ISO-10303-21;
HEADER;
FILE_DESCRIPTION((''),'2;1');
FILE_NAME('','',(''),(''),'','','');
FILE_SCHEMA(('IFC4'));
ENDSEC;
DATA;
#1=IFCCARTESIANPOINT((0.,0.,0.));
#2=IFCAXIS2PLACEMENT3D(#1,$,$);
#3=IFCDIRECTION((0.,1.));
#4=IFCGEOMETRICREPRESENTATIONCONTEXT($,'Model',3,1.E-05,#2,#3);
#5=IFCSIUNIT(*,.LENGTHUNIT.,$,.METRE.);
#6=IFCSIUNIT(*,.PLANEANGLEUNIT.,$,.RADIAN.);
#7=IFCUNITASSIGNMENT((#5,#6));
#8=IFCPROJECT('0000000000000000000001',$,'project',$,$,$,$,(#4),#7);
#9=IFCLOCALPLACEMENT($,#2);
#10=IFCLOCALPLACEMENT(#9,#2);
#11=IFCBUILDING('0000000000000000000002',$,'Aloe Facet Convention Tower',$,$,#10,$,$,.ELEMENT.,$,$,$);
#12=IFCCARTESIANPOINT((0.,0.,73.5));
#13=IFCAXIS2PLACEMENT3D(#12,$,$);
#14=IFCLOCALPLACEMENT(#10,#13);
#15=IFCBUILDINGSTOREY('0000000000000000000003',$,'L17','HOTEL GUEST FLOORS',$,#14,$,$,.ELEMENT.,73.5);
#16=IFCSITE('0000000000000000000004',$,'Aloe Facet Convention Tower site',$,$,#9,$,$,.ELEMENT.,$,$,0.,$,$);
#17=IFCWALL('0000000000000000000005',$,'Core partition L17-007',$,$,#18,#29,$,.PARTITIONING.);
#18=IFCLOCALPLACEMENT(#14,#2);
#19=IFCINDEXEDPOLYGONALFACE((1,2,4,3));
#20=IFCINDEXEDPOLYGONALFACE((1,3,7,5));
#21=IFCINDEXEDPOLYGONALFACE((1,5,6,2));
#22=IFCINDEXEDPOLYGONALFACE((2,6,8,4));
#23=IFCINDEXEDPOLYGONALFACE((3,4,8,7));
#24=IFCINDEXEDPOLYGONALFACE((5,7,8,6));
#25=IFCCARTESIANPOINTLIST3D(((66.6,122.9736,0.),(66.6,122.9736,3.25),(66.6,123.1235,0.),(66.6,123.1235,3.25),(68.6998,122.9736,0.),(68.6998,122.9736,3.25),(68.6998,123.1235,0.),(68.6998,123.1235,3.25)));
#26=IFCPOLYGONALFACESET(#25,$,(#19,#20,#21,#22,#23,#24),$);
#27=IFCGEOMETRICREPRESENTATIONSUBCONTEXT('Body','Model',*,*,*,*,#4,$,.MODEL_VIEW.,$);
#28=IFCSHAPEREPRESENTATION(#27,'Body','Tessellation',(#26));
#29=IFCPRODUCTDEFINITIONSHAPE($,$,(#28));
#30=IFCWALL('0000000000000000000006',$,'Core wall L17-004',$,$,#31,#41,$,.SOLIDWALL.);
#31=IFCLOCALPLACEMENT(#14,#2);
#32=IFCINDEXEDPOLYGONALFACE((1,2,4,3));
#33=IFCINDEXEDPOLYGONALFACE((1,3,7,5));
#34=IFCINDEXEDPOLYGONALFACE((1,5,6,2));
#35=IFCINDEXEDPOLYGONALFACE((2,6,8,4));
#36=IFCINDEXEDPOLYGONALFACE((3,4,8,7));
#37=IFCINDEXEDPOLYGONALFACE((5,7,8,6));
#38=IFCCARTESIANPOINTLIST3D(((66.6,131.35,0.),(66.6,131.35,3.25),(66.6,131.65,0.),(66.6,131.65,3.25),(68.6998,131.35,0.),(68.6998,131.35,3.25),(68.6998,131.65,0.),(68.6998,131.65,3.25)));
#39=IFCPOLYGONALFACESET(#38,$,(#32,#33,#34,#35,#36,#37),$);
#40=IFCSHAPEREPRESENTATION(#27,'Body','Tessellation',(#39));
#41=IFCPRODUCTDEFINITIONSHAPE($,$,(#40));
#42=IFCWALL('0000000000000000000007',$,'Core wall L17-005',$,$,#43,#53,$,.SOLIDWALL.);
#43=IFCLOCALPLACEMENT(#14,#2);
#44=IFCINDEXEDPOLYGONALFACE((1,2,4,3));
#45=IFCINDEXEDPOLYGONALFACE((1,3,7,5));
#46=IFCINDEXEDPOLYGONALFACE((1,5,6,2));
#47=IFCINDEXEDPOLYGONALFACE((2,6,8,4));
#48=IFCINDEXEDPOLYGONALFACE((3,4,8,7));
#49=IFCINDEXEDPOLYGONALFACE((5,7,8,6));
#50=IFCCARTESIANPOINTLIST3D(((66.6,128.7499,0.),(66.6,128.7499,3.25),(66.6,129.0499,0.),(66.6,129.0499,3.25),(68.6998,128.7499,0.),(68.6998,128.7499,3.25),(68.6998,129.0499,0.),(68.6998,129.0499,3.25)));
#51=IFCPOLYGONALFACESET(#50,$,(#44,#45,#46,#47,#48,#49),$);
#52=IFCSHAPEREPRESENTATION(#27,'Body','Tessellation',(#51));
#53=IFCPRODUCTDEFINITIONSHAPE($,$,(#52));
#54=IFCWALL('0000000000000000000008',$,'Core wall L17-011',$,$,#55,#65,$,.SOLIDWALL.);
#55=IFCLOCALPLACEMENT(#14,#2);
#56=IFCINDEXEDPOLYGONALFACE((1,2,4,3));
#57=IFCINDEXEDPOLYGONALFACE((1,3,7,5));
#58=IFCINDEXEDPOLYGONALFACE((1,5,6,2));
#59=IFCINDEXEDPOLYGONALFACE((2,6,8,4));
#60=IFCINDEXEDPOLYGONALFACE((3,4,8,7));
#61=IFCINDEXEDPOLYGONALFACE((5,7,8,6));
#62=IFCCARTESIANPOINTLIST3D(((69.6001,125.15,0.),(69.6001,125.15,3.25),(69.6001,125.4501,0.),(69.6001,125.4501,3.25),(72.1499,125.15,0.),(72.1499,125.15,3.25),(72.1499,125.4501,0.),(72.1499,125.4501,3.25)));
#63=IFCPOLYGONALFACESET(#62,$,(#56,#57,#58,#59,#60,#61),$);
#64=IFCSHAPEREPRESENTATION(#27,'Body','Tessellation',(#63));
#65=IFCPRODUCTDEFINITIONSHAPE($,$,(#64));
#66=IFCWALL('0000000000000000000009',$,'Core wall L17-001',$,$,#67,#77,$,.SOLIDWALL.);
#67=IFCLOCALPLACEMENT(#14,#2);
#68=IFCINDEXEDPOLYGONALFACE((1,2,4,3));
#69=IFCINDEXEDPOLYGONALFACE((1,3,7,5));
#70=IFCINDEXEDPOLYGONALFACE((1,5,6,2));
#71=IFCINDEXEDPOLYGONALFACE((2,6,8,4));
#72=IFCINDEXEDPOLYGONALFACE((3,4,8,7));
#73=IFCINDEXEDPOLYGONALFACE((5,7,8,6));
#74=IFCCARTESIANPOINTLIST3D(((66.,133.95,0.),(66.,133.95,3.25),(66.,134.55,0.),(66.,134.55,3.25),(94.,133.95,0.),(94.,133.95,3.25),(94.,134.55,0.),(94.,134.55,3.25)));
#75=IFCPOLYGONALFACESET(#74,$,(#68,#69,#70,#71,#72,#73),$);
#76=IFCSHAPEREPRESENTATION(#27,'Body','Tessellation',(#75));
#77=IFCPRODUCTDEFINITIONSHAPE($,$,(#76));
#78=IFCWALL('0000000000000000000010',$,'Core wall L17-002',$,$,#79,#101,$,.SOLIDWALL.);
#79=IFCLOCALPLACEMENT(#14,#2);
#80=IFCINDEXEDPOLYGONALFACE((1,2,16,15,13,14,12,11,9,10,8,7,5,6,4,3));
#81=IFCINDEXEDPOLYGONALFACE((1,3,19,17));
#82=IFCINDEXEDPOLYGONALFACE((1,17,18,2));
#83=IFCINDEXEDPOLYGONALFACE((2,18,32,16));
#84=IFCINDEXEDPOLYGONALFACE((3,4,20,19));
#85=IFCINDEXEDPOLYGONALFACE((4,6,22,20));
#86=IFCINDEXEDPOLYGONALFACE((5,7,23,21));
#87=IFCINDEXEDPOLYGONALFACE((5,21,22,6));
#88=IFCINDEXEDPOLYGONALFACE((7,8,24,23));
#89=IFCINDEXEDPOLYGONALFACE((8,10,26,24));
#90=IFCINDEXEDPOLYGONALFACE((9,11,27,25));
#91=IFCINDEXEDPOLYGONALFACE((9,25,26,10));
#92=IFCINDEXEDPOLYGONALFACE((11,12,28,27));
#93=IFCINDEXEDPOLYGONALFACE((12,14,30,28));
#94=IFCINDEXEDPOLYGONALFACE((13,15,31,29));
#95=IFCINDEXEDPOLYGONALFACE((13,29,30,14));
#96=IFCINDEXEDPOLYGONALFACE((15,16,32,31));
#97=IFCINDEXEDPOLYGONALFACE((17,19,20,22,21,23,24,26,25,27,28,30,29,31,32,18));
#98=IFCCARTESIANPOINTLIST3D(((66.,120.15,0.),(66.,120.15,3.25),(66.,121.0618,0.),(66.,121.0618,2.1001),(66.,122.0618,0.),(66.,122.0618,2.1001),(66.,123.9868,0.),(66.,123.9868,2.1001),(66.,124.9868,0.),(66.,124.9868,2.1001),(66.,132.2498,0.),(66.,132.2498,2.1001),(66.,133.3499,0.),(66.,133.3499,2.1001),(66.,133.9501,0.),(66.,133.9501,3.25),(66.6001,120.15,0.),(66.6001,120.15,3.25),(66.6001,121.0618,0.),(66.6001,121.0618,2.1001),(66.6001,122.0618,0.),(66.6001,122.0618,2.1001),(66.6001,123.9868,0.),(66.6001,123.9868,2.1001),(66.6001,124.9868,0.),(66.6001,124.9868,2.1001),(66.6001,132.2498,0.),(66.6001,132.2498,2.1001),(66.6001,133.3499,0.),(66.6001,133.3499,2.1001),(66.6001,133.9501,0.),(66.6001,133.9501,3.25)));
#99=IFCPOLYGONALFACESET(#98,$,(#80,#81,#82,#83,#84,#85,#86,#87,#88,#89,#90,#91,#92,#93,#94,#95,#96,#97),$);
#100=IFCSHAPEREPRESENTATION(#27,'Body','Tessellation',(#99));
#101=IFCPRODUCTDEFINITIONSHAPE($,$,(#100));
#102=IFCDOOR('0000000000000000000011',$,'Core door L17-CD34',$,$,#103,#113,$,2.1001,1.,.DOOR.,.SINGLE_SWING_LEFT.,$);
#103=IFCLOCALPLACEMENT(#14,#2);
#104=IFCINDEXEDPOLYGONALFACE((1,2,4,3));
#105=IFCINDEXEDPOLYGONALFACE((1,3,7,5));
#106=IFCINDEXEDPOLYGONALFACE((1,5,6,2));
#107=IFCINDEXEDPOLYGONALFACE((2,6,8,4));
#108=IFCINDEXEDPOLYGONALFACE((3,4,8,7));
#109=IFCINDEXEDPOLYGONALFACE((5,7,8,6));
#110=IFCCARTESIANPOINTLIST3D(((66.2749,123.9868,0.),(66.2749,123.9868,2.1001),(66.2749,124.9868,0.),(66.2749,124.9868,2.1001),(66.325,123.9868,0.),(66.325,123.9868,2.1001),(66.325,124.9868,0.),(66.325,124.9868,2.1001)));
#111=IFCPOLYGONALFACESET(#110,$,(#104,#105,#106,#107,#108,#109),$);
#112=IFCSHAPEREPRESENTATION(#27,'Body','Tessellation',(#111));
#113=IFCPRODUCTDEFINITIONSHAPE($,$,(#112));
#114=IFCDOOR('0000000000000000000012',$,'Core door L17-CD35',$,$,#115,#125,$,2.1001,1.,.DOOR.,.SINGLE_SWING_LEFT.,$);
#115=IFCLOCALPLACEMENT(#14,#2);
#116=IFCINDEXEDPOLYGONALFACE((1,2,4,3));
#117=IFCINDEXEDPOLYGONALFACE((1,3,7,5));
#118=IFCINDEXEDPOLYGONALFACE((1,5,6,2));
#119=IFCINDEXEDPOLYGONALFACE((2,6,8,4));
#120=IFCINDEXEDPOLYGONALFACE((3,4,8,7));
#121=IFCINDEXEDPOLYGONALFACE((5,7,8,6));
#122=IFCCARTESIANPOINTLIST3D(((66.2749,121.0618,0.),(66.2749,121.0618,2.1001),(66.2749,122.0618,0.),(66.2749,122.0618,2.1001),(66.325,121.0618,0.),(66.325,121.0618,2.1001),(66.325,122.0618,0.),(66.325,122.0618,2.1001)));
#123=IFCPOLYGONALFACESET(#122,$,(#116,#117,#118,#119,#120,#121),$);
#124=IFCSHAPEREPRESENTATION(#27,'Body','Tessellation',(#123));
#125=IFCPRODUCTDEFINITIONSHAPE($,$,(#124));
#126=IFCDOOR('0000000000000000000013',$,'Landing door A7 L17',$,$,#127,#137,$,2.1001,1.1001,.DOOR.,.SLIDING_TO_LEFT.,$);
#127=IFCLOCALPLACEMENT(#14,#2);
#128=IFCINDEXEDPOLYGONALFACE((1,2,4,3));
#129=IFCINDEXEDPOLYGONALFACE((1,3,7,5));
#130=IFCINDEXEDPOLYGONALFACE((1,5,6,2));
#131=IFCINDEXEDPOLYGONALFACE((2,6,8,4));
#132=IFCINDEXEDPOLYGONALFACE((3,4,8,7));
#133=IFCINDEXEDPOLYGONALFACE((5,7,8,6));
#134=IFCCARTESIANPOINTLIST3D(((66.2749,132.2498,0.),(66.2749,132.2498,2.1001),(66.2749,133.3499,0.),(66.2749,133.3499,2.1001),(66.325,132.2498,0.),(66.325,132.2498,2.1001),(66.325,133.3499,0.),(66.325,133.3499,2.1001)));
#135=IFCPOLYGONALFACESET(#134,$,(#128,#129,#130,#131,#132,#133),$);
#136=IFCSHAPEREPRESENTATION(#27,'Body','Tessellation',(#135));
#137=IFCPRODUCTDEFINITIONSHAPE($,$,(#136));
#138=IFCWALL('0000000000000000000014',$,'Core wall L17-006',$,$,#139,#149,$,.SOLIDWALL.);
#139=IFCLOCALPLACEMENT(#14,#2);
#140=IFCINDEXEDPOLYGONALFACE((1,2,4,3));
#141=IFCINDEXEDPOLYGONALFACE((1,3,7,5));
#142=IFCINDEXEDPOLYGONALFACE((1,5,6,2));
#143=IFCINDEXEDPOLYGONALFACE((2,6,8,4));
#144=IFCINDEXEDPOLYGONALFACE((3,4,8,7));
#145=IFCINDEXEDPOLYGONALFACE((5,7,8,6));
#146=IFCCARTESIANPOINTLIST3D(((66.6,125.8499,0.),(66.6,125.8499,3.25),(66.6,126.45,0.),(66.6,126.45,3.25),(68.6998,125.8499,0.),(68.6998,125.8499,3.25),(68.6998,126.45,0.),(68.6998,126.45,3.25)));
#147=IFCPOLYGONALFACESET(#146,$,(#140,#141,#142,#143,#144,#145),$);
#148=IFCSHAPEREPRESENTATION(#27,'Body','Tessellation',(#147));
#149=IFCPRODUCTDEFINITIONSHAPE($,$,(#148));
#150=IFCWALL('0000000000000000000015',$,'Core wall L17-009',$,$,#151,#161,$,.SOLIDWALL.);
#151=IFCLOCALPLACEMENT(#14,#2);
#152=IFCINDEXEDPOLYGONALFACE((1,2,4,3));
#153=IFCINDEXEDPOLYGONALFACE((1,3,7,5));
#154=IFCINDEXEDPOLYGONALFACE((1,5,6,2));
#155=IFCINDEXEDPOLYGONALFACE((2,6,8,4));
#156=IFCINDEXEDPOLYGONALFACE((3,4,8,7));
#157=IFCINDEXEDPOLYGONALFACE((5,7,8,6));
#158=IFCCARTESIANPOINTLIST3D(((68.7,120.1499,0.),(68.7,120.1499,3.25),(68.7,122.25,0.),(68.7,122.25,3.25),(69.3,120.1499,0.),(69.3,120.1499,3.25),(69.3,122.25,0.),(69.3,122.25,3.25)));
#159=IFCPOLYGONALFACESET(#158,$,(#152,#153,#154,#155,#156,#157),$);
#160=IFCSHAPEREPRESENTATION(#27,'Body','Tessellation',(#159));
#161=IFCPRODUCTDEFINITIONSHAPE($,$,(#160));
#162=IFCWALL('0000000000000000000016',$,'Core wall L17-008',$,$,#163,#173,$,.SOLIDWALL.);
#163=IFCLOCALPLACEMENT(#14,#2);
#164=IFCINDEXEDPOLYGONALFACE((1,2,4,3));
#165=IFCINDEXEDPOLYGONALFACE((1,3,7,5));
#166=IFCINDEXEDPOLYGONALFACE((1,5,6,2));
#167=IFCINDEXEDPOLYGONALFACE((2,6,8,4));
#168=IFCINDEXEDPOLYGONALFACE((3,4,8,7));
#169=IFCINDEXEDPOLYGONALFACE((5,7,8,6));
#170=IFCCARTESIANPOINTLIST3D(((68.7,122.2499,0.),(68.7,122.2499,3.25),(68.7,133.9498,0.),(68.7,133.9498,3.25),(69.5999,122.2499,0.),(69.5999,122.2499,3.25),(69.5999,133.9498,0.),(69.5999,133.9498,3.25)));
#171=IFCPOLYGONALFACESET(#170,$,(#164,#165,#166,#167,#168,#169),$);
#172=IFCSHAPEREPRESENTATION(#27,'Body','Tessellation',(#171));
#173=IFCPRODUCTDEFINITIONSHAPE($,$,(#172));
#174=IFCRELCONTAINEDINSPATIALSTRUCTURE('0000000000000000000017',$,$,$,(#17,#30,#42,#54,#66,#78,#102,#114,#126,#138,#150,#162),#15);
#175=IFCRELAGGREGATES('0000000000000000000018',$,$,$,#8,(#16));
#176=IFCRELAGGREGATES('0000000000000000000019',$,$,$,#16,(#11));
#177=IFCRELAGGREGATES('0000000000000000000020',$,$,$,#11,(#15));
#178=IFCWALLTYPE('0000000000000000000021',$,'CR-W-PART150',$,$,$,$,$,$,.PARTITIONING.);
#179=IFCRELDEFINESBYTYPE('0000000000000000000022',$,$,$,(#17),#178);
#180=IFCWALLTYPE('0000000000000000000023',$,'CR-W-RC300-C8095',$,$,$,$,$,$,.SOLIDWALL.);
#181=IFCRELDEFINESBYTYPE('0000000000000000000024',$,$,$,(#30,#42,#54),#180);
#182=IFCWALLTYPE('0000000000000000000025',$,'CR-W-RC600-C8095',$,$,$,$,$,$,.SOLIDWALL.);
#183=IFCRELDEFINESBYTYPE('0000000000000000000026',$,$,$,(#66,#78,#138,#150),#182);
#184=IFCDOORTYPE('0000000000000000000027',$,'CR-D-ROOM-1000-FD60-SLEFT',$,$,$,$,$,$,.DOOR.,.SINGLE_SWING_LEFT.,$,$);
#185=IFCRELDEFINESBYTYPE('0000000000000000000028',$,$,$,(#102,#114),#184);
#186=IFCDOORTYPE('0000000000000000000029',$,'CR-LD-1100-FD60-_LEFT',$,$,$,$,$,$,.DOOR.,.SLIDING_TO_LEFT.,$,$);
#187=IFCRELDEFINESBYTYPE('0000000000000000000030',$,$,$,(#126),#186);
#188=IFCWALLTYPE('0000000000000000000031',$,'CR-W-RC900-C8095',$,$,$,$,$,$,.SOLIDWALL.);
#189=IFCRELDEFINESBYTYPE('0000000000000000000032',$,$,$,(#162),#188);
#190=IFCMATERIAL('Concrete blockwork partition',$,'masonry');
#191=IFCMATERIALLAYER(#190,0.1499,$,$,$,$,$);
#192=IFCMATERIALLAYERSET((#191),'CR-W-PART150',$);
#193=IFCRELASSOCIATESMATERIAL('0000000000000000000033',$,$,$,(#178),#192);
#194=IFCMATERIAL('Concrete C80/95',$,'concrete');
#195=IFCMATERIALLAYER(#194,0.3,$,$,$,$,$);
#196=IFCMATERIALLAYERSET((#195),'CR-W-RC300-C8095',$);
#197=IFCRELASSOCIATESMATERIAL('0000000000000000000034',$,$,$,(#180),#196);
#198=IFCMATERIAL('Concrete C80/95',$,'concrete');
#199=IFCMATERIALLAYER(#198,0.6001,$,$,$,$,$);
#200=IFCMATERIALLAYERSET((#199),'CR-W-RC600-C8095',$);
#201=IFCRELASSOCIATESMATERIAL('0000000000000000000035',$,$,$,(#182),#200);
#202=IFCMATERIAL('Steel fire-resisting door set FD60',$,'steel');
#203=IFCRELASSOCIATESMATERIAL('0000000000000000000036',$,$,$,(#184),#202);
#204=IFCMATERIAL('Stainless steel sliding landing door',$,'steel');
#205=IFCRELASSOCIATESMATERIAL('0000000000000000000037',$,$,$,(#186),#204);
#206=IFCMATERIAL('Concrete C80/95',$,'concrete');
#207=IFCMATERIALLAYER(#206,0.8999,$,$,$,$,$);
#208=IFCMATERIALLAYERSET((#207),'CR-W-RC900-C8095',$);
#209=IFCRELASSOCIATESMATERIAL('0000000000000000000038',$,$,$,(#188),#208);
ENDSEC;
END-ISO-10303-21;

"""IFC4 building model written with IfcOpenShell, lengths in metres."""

from ifc_helpers import new_model, si_unit, direction, frame, frame_2d, origin, place, context, subcontext, project, spatial, rectangle, extrude, material, layer, layer_set, type_object, element, fill, save


model = new_model("IFC4")

# Units and contexts
model_context = context("Model", 3, precision=1e-05, world=origin(), true_north=direction((0.0, 1.0)))
body_context = subcontext(model_context, "Body", "Model", "MODEL_VIEW")
ifc_project = project(units=[si_unit("LENGTHUNIT", "METRE"), si_unit("PLANEANGLEUNIT", "RADIAN")], contexts=[model_context])

# Site, building, storey
site_placement = place(None, origin())
site = spatial("IfcSite", under=ifc_project, at=site_placement, Name="Aloe Facet Convention Tower site", CompositionType="ELEMENT", RefElevation=0.0)
building_placement = place(site_placement, origin())
building = spatial("IfcBuilding", under=site, at=building_placement, Name="Aloe Facet Convention Tower", CompositionType="ELEMENT")
storey_placement = place(building_placement, frame((0.0, 0.0, 73.5)))
storey = spatial("IfcBuildingStorey", under=building, at=storey_placement, Name="L17", Description="HOTEL GUEST FLOORS", CompositionType="ELEMENT", Elevation=73.5)

# Walls
ifc_material_1 = material(Name="Concrete blockwork partition", Category="masonry")
ifc_layer_1 = layer(ifc_material_1, 0.1499)
ifc_layer_set_1 = layer_set([ifc_layer_1], Name="CR-W-PART150")
wall_type_1 = type_object("IfcWallType", Name="CR-W-PART150", PredefinedType="PARTITIONING", material=ifc_layer_set_1)
wall_1_placement = place(storey_placement, frame((66.6001, 123.0486, 0.0), z_axis=(0.0, 0.0, 1.0), x_axis=(1.0, 0.0, 0.0)))
element("IfcWall", 1, at=wall_1_placement, inside=storey, type_object=wall_type_1, Name="Core partition L17-007", PredefinedType="PARTITIONING", context=body_context, shape_type="SweptSolid", body=[
    extrude(rectangle(XDim=2.0999, YDim=0.1499, at=frame_2d((1.0498, 0.0))), origin(), (0.0, 0.0, 1.0), 3.25),
])
ifc_material_2 = material(Name="Concrete C80/95", Category="concrete")
ifc_layer_2 = layer(ifc_material_2, 0.3)
ifc_layer_set_2 = layer_set([ifc_layer_2], Name="CR-W-RC300-C8095")
wall_type_2 = type_object("IfcWallType", Name="CR-W-RC300-C8095", PredefinedType="SOLIDWALL", material=ifc_layer_set_2)
for number, where, z_axis, x_axis, name in (
    (2, (66.6001, 131.5, 0.0), (0.0, 0.0, 1.0), (1.0, 0.0, 0.0), "Core wall L17-004"),
    (3, (66.6001, 128.8999, 0.0), (0.0, 0.0, 1.0), (1.0, 0.0, 0.0), "Core wall L17-005"),
):
    element("IfcWall", number, at=place(storey_placement, frame(where, z_axis=z_axis, x_axis=x_axis)), inside=storey, type_object=wall_type_2, Name=name, PredefinedType="SOLIDWALL", context=body_context, shape_type="SweptSolid", body=[
        extrude(rectangle(XDim=2.0999, YDim=0.3, at=frame_2d((1.0498, 0.0))), origin(), (0.0, 0.0, 1.0), 3.25),
    ])
wall_2_placement = place(storey_placement, frame((69.6001, 125.3, 0.0), z_axis=(0.0, 0.0, 1.0), x_axis=(1.0, 0.0, 0.0)))
element("IfcWall", 4, at=wall_2_placement, inside=storey, type_object=wall_type_2, Name="Core wall L17-011", PredefinedType="SOLIDWALL", context=body_context, shape_type="SweptSolid", body=[
    extrude(rectangle(XDim=2.5498, YDim=0.3, at=frame_2d((1.2749, 0.0))), origin(), (0.0, 0.0, 1.0), 3.25),
])
ifc_material_3 = material(Name="Concrete C80/95", Category="concrete")
ifc_layer_3 = layer(ifc_material_3, 0.6001)
ifc_layer_set_3 = layer_set([ifc_layer_3], Name="CR-W-RC600-C8095")
wall_type_3 = type_object("IfcWallType", Name="CR-W-RC600-C8095", PredefinedType="SOLIDWALL", material=ifc_layer_set_3)
wall_3_placement = place(storey_placement, frame((66.0, 134.25, 0.0), z_axis=(0.0, 0.0, 1.0), x_axis=(1.0, 0.0, 0.0)))
element("IfcWall", 5, at=wall_3_placement, inside=storey, type_object=wall_type_3, Name="Core wall L17-001", PredefinedType="SOLIDWALL", context=body_context, shape_type="SweptSolid", body=[
    extrude(rectangle(XDim=28.0, YDim=0.6001, at=frame_2d((14.0, 0.0))), origin(), (0.0, 0.0, 1.0), 3.25),
])

# Wall, openings, doors
wall_4_placement = place(storey_placement, frame((66.3, 133.95, 0.0), z_axis=(0.0, 0.0, 1.0), x_axis=(0.0, -1.0, 0.0)))
wall_4 = element("IfcWall", 6, at=wall_4_placement, inside=storey, type_object=wall_type_3, Name="Core wall L17-002", PredefinedType="SOLIDWALL", context=body_context, shape_type="SweptSolid", body=[
    extrude(rectangle(XDim=13.8, YDim=0.6001, at=frame_2d((6.8999, 0.0))), origin(), (0.0, 0.0, 1.0), 3.25),
])
opening_1_placement = place(wall_4_placement, frame((0.6001, 0.0, 0.0)))
opening_1 = element("IfcOpeningElement", 7, at=opening_1_placement, cuts=wall_4, PredefinedType="OPENING", context=body_context, shape_type="SweptSolid", body=[
    extrude(rectangle(XDim=1.1001, YDim=2.1001, at=frame_2d((0.55, 1.05))), frame((0.0, 0.3101, 0.0), z_axis=(0.0, -1.0, 0.0), x_axis=(1.0, 0.0, 0.0)), (0.0, 0.0, 1.0), 0.6201),
])
opening_2_placement = place(wall_4_placement, frame((8.9631, 0.0, 0.0)))
opening_2 = element("IfcOpeningElement", 8, at=opening_2_placement, cuts=wall_4, PredefinedType="OPENING", context=body_context, shape_type="SweptSolid", body=[
    extrude(rectangle(XDim=1.0, YDim=2.1001, at=frame_2d((0.5, 1.05))), frame((0.0, 0.3101, 0.0), z_axis=(0.0, -1.0, 0.0), x_axis=(1.0, 0.0, 0.0)), (0.0, 0.0, 1.0), 0.6201),
])
opening_3_placement = place(wall_4_placement, frame((11.8882, 0.0, 0.0)))
opening_3 = element("IfcOpeningElement", 9, at=opening_3_placement, cuts=wall_4, PredefinedType="OPENING", context=body_context, shape_type="SweptSolid", body=[
    extrude(rectangle(XDim=1.0, YDim=2.1001, at=frame_2d((0.5, 1.05))), frame((0.0, 0.3101, 0.0), z_axis=(0.0, -1.0, 0.0), x_axis=(1.0, 0.0, 0.0)), (0.0, 0.0, 1.0), 0.6201),
])
ifc_material_4 = material(Name="Steel fire-resisting door set FD60", Category="steel")
door_type_1 = type_object("IfcDoorType", Name="CR-D-ROOM-1000-FD60-SLEFT", OperationType="SINGLE_SWING_LEFT", PredefinedType="DOOR", material=ifc_material_4)
door_1_placement = place(opening_2_placement, origin())
door_1 = element("IfcDoor", 10, at=door_1_placement, inside=storey, type_object=door_type_1, Name="Core door L17-CD34", OperationType="SINGLE_SWING_LEFT", OverallHeight=2.1001, OverallWidth=1.0, PredefinedType="DOOR", context=body_context, shape_type="SweptSolid", body=[
    extrude(rectangle(XDim=1.0, YDim=2.1001, at=frame_2d((0.5, 1.05))), frame((0.0, 0.0249, 0.0), z_axis=(0.0, -1.0, 0.0), x_axis=(1.0, 0.0, 0.0)), (0.0, 0.0, 1.0), 0.05),
])
fill(opening_2, door_1)
door_2_placement = place(opening_3_placement, origin())
door_2 = element("IfcDoor", 11, at=door_2_placement, inside=storey, type_object=door_type_1, Name="Core door L17-CD35", OperationType="SINGLE_SWING_LEFT", OverallHeight=2.1001, OverallWidth=1.0, PredefinedType="DOOR", context=body_context, shape_type="SweptSolid", body=[
    extrude(rectangle(XDim=1.0, YDim=2.1001, at=frame_2d((0.5, 1.05))), frame((0.0, 0.0249, 0.0), z_axis=(0.0, -1.0, 0.0), x_axis=(1.0, 0.0, 0.0)), (0.0, 0.0, 1.0), 0.05),
])
fill(opening_3, door_2)
ifc_material_5 = material(Name="Stainless steel sliding landing door", Category="steel")
door_type_2 = type_object("IfcDoorType", Name="CR-LD-1100-FD60-_LEFT", OperationType="SLIDING_TO_LEFT", PredefinedType="DOOR", material=ifc_material_5)
door_3_placement = place(opening_1_placement, origin())
door_3 = element("IfcDoor", 12, at=door_3_placement, inside=storey, type_object=door_type_2, Name="Landing door A7 L17", OperationType="SLIDING_TO_LEFT", OverallHeight=2.1001, OverallWidth=1.1001, PredefinedType="DOOR", context=body_context, shape_type="SweptSolid", body=[
    extrude(rectangle(XDim=1.1001, YDim=2.1001, at=frame_2d((0.55, 1.05))), frame((0.0, 0.0249, 0.0), z_axis=(0.0, -1.0, 0.0), x_axis=(1.0, 0.0, 0.0)), (0.0, 0.0, 1.0), 0.05),
])
fill(opening_1, door_3)

# Walls
wall_5_placement = place(storey_placement, frame((66.6001, 126.1499, 0.0), z_axis=(0.0, 0.0, 1.0), x_axis=(1.0, 0.0, 0.0)))
element("IfcWall", 13, at=wall_5_placement, inside=storey, type_object=wall_type_3, Name="Core wall L17-006", PredefinedType="SOLIDWALL", context=body_context, shape_type="SweptSolid", body=[
    extrude(rectangle(XDim=2.0999, YDim=0.6001, at=frame_2d((1.0498, 0.0))), origin(), (0.0, 0.0, 1.0), 3.25),
])
wall_6_placement = place(storey_placement, frame((69.0, 122.25, 0.0), z_axis=(0.0, 0.0, 1.0), x_axis=(0.0, -1.0, 0.0)))
element("IfcWall", 14, at=wall_6_placement, inside=storey, type_object=wall_type_3, Name="Core wall L17-009", PredefinedType="SOLIDWALL", context=body_context, shape_type="SweptSolid", body=[
    extrude(rectangle(XDim=2.1001, YDim=0.6001, at=frame_2d((1.05, 0.0))), origin(), (0.0, 0.0, 1.0), 3.25),
])
ifc_material_6 = material(Name="Concrete C80/95", Category="concrete")
ifc_layer_4 = layer(ifc_material_6, 0.8999)
ifc_layer_set_4 = layer_set([ifc_layer_4], Name="CR-W-RC900-C8095")
wall_type_4 = type_object("IfcWallType", Name="CR-W-RC900-C8095", PredefinedType="SOLIDWALL", material=ifc_layer_set_4)
wall_7_placement = place(storey_placement, frame((69.1499, 133.95, 0.0), z_axis=(0.0, 0.0, 1.0), x_axis=(0.0, -1.0, 0.0)))
element("IfcWall", 15, at=wall_7_placement, inside=storey, type_object=wall_type_4, Name="Core wall L17-008", PredefinedType="SOLIDWALL", context=body_context, shape_type="SweptSolid", body=[
    extrude(rectangle(XDim=11.7, YDim=0.8999, at=frame_2d((5.8501, 0.0))), origin(), (0.0, 0.0, 1.0), 3.25),
])

save(model, "model.ifc")
